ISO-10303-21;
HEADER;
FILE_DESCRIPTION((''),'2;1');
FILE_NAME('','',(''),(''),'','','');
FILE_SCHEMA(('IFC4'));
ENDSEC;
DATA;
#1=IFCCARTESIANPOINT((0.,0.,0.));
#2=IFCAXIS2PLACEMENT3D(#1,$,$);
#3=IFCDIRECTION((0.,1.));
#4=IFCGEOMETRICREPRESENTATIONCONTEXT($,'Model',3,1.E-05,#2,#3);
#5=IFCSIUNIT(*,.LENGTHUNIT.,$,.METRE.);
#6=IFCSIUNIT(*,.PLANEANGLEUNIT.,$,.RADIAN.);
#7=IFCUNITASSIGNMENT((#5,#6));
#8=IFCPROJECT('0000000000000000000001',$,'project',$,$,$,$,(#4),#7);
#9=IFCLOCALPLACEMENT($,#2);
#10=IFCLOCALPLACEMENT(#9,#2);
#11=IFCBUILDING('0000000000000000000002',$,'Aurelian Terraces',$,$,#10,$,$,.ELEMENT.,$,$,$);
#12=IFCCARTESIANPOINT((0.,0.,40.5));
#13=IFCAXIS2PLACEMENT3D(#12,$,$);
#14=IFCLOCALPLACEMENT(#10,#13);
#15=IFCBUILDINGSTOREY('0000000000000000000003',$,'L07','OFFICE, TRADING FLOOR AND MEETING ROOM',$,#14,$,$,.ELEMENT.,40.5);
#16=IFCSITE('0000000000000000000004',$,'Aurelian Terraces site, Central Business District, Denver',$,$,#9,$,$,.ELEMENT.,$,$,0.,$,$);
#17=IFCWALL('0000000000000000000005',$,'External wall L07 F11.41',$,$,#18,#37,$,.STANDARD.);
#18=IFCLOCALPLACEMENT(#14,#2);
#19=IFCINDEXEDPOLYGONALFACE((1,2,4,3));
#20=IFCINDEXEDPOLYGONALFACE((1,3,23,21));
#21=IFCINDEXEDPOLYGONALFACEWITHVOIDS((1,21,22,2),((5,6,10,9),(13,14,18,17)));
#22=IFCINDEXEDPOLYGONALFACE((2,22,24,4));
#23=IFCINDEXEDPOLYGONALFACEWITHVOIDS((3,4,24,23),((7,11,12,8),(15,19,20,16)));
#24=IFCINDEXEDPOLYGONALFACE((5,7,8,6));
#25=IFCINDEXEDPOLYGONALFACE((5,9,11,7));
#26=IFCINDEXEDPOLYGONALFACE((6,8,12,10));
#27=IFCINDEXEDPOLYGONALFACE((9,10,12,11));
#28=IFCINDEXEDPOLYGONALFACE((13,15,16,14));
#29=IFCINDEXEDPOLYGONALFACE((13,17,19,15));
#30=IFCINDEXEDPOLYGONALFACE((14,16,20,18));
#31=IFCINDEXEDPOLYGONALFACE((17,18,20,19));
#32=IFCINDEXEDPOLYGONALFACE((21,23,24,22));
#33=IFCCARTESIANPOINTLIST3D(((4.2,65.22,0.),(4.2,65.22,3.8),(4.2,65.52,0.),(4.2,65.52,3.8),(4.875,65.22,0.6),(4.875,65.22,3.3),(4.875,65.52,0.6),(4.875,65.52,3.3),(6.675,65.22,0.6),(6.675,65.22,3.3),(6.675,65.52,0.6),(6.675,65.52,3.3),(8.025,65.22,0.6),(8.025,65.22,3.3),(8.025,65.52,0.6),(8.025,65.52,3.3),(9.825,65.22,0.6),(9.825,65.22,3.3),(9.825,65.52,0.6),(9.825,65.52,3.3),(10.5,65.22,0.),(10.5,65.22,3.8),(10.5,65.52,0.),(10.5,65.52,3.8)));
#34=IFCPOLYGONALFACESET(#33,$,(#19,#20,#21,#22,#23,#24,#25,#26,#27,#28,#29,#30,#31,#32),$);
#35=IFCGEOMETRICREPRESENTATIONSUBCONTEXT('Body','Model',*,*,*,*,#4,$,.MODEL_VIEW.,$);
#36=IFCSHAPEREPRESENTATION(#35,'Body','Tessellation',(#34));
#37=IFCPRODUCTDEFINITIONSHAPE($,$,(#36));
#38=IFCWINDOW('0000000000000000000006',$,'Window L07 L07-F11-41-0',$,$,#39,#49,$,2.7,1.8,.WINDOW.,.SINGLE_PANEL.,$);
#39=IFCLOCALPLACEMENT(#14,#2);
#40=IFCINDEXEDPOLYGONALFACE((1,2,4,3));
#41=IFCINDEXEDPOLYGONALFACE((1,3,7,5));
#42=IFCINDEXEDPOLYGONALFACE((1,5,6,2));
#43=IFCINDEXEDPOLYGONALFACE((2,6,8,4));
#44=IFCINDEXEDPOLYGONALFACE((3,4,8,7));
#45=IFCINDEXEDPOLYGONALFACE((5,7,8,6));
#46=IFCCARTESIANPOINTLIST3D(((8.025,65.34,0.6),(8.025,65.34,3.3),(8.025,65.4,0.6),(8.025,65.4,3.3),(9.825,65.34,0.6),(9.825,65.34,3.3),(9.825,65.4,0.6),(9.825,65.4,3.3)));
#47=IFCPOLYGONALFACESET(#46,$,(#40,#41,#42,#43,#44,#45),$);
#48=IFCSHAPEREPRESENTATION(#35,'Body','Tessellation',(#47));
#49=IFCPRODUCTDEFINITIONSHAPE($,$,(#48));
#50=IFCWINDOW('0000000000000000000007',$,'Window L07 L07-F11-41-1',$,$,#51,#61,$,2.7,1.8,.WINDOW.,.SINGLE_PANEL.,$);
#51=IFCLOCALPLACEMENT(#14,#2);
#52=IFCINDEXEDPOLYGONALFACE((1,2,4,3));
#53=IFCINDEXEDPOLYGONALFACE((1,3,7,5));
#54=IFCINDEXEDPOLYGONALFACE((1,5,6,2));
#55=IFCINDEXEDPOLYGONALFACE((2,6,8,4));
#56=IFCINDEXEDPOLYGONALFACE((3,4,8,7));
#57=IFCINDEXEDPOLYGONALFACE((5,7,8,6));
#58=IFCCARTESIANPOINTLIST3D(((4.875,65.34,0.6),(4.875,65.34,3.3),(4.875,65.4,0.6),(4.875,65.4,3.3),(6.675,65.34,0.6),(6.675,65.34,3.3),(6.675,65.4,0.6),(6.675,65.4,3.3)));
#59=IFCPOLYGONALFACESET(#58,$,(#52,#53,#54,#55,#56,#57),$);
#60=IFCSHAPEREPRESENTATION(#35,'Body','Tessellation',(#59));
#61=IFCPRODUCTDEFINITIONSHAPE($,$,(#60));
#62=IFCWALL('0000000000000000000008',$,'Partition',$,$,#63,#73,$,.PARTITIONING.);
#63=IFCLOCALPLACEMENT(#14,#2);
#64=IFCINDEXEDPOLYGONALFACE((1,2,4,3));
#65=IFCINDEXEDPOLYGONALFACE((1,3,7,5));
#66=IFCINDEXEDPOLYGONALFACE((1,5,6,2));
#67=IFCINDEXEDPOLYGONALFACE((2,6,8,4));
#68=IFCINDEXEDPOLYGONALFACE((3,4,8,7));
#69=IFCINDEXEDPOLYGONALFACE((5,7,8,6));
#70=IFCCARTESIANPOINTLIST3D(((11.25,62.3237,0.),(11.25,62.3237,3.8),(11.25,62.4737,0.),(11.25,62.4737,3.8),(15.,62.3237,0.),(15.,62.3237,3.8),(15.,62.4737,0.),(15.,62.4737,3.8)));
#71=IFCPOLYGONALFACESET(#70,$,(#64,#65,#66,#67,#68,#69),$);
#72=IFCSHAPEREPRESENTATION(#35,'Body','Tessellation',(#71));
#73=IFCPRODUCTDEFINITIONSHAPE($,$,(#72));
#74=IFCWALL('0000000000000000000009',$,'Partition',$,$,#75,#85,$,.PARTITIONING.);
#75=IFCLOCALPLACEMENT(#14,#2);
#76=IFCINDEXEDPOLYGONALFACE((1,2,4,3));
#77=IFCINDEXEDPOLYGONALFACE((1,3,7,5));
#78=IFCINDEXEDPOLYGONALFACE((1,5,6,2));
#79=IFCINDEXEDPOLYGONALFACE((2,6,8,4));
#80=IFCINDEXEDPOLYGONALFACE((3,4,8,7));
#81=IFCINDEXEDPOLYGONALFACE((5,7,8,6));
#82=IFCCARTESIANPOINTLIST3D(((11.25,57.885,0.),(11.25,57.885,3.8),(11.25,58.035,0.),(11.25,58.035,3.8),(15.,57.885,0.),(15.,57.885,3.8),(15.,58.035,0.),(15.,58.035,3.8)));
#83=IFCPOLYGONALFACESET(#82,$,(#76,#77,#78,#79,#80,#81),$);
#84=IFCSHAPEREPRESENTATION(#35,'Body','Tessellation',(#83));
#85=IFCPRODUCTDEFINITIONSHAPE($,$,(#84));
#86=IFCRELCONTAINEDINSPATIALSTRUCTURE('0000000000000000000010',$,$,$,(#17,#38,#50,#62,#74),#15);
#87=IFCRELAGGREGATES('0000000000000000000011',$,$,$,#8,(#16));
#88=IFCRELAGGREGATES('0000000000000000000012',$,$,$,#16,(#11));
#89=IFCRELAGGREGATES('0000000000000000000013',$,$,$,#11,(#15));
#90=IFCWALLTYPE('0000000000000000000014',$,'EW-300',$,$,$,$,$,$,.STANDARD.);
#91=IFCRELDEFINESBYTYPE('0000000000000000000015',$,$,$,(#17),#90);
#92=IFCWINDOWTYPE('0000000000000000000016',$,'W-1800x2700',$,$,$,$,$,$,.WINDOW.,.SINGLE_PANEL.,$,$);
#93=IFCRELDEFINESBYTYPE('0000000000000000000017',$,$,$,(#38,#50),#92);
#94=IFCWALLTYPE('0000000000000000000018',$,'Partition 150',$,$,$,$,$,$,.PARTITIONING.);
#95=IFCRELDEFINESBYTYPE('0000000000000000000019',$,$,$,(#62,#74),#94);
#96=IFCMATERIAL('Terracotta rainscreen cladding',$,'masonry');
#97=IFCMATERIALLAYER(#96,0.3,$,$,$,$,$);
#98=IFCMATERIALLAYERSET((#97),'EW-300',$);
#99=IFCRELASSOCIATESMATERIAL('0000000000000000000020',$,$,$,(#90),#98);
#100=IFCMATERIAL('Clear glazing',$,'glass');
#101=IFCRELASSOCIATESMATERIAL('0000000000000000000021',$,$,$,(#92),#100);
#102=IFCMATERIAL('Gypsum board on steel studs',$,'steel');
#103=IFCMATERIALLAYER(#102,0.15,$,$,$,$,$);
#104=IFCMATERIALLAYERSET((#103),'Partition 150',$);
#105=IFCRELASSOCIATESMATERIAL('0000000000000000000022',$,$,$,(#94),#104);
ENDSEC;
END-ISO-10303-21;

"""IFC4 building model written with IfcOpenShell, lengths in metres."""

from ifc_helpers import new_model, si_unit, direction, frame, frame_2d, origin, place, context, subcontext, project, spatial, rectangle, extrude, source, transform, mapped, material, layer, layer_set, type_object, element, fill, save


model = new_model("IFC4")

# Units and contexts
model_context = context("Model", 3, precision=1e-05, world=origin(), true_north=direction((0.0, 1.0)))
body_context = subcontext(model_context, "Body", "Model", "MODEL_VIEW")
ifc_project = project(units=[si_unit("LENGTHUNIT", "METRE"), si_unit("PLANEANGLEUNIT", "RADIAN")], contexts=[model_context])

# Site, building, storey
site_placement = place(None, origin())
site = spatial("IfcSite", under=ifc_project, at=site_placement, Name="Aurelian Terraces site, Central Business District, Denver", CompositionType="ELEMENT", RefElevation=0.0)
building_placement = place(site_placement, origin())
building = spatial("IfcBuilding", under=site, at=building_placement, Name="Aurelian Terraces", CompositionType="ELEMENT")
storey_placement = place(building_placement, frame((0.0, 0.0, 40.5)))
storey = spatial("IfcBuildingStorey", under=building, at=storey_placement, Name="L07", Description="OFFICE, TRADING FLOOR AND MEETING ROOM", CompositionType="ELEMENT", Elevation=40.5)

# Shared definitions
ifc_material_1 = material(Name="Gypsum board on steel studs", Category="steel")

# Shared definitions
ifc_material_2 = material(Name="Terracotta rainscreen cladding", Category="masonry")
ifc_layer_1 = layer(ifc_material_2, 0.3)
ifc_layer_set_1 = layer_set([ifc_layer_1], Name="EW-300")
wall_type_1 = type_object("IfcWallType", Name="EW-300", PredefinedType="STANDARD", material=ifc_layer_set_1)

# Shared definitions
ifc_material_3 = material(Name="Clear glazing", Category="glass")

# Wall, openings, windows
shared_shape_1 = source(origin(), body_context, "Body", "SweptSolid", [
    extrude(rectangle(XDim=6.3, YDim=0.3, at=frame_2d((3.15, 0.0))), origin(), (0.0, 0.0, 1.0), 3.8),
])
wall_1_placement = place(storey_placement, frame((10.5, 65.37, 0.0), z_axis=(0.0, 0.0, 1.0), x_axis=(-1.0, 0.0, 0.0)))
wall_1 = element("IfcWall", 1, at=wall_1_placement, inside=storey, type_object=wall_type_1, Name="External wall L07 F11.41", PredefinedType="STANDARD", context=body_context, shape_type="MappedRepresentation", body=[
    mapped(shared_shape_1, transform((0.0, 0.0, 0.0), scale=1.0)),
])
shared_shape_2 = source(origin(), body_context, "Body", "SweptSolid", [
    extrude(rectangle(XDim=1.8, YDim=2.7, at=frame_2d((0.9, 1.35))), frame((0.0, 0.16, 0.0), z_axis=(0.0, -1.0, 0.0), x_axis=(1.0, 0.0, 0.0)), (0.0, 0.0, 1.0), 0.32),
])
opening_1_placement = place(wall_1_placement, frame((0.675, 0.0, 0.6)))
opening_1 = element("IfcOpeningElement", 2, at=opening_1_placement, cuts=wall_1, PredefinedType="OPENING", context=body_context, shape_type="MappedRepresentation", body=[
    mapped(shared_shape_2, transform((0.0, 0.0, 0.0), scale=1.0)),
])
opening_2_placement = place(wall_1_placement, frame((3.825, 0.0, 0.6)))
opening_2 = element("IfcOpeningElement", 3, at=opening_2_placement, cuts=wall_1, PredefinedType="OPENING", context=body_context, shape_type="MappedRepresentation", body=[
    mapped(shared_shape_2, transform((0.0, 0.0, 0.0), scale=1.0)),
])
window_type_1 = type_object("IfcWindowType", Name="W-1800x2700", PartitioningType="SINGLE_PANEL", PredefinedType="WINDOW", material=ifc_material_3)
shared_shape_3 = source(origin(), body_context, "Body", "SweptSolid", [
    extrude(rectangle(XDim=1.8, YDim=2.7, at=frame_2d((0.9, 1.35))), frame((0.0, 0.03, 0.0), z_axis=(0.0, -1.0, 0.0), x_axis=(1.0, 0.0, 0.0)), (0.0, 0.0, 1.0), 0.06),
])
window_1_placement = place(opening_1_placement, origin())
window_1 = element("IfcWindow", 4, at=window_1_placement, inside=storey, type_object=window_type_1, Name="Window L07 L07-F11-41-0", OverallHeight=2.7, OverallWidth=1.8, PartitioningType="SINGLE_PANEL", PredefinedType="WINDOW", context=body_context, shape_type="MappedRepresentation", body=[
    mapped(shared_shape_3, transform((0.0, 0.0, 0.0), scale=1.0)),
])
fill(opening_1, window_1)
window_2_placement = place(opening_2_placement, origin())
window_2 = element("IfcWindow", 5, at=window_2_placement, inside=storey, type_object=window_type_1, Name="Window L07 L07-F11-41-1", OverallHeight=2.7, OverallWidth=1.8, PartitioningType="SINGLE_PANEL", PredefinedType="WINDOW", context=body_context, shape_type="MappedRepresentation", body=[
    mapped(shared_shape_3, transform((0.0, 0.0, 0.0), scale=1.0)),
])
fill(opening_2, window_2)

# Walls
ifc_layer_2 = layer(ifc_material_1, 0.15)
ifc_layer_set_2 = layer_set([ifc_layer_2], Name="Partition 150")
wall_type_2 = type_object("IfcWallType", Name="Partition 150", PredefinedType="PARTITIONING", material=ifc_layer_set_2)
shared_shape_4 = source(origin(), body_context, "Body", "SweptSolid", [
    extrude(rectangle(XDim=3.75, YDim=0.15, at=frame_2d((1.875, 0.0))), origin(), (0.0, 0.0, 1.0), 3.8),
])
for number, where, z_axis, x_axis, name in (
    (6, (15.0, 62.3987, 0.0), (0.0, 0.0, 1.0), (-1.0, 0.0, 0.0), "Partition"),
    (7, (15.0, 57.96, 0.0), (0.0, 0.0, 1.0), (-1.0, 0.0, 0.0), "Partition"),
):
    element("IfcWall", number, at=place(storey_placement, frame(where, z_axis=z_axis, x_axis=x_axis)), inside=storey, type_object=wall_type_2, Name=name, PredefinedType="PARTITIONING", context=body_context, shape_type="MappedRepresentation", body=[
        mapped(shared_shape_4, transform((0.0, 0.0, 0.0), scale=1.0)),
    ])

save(model, "model.ifc")
